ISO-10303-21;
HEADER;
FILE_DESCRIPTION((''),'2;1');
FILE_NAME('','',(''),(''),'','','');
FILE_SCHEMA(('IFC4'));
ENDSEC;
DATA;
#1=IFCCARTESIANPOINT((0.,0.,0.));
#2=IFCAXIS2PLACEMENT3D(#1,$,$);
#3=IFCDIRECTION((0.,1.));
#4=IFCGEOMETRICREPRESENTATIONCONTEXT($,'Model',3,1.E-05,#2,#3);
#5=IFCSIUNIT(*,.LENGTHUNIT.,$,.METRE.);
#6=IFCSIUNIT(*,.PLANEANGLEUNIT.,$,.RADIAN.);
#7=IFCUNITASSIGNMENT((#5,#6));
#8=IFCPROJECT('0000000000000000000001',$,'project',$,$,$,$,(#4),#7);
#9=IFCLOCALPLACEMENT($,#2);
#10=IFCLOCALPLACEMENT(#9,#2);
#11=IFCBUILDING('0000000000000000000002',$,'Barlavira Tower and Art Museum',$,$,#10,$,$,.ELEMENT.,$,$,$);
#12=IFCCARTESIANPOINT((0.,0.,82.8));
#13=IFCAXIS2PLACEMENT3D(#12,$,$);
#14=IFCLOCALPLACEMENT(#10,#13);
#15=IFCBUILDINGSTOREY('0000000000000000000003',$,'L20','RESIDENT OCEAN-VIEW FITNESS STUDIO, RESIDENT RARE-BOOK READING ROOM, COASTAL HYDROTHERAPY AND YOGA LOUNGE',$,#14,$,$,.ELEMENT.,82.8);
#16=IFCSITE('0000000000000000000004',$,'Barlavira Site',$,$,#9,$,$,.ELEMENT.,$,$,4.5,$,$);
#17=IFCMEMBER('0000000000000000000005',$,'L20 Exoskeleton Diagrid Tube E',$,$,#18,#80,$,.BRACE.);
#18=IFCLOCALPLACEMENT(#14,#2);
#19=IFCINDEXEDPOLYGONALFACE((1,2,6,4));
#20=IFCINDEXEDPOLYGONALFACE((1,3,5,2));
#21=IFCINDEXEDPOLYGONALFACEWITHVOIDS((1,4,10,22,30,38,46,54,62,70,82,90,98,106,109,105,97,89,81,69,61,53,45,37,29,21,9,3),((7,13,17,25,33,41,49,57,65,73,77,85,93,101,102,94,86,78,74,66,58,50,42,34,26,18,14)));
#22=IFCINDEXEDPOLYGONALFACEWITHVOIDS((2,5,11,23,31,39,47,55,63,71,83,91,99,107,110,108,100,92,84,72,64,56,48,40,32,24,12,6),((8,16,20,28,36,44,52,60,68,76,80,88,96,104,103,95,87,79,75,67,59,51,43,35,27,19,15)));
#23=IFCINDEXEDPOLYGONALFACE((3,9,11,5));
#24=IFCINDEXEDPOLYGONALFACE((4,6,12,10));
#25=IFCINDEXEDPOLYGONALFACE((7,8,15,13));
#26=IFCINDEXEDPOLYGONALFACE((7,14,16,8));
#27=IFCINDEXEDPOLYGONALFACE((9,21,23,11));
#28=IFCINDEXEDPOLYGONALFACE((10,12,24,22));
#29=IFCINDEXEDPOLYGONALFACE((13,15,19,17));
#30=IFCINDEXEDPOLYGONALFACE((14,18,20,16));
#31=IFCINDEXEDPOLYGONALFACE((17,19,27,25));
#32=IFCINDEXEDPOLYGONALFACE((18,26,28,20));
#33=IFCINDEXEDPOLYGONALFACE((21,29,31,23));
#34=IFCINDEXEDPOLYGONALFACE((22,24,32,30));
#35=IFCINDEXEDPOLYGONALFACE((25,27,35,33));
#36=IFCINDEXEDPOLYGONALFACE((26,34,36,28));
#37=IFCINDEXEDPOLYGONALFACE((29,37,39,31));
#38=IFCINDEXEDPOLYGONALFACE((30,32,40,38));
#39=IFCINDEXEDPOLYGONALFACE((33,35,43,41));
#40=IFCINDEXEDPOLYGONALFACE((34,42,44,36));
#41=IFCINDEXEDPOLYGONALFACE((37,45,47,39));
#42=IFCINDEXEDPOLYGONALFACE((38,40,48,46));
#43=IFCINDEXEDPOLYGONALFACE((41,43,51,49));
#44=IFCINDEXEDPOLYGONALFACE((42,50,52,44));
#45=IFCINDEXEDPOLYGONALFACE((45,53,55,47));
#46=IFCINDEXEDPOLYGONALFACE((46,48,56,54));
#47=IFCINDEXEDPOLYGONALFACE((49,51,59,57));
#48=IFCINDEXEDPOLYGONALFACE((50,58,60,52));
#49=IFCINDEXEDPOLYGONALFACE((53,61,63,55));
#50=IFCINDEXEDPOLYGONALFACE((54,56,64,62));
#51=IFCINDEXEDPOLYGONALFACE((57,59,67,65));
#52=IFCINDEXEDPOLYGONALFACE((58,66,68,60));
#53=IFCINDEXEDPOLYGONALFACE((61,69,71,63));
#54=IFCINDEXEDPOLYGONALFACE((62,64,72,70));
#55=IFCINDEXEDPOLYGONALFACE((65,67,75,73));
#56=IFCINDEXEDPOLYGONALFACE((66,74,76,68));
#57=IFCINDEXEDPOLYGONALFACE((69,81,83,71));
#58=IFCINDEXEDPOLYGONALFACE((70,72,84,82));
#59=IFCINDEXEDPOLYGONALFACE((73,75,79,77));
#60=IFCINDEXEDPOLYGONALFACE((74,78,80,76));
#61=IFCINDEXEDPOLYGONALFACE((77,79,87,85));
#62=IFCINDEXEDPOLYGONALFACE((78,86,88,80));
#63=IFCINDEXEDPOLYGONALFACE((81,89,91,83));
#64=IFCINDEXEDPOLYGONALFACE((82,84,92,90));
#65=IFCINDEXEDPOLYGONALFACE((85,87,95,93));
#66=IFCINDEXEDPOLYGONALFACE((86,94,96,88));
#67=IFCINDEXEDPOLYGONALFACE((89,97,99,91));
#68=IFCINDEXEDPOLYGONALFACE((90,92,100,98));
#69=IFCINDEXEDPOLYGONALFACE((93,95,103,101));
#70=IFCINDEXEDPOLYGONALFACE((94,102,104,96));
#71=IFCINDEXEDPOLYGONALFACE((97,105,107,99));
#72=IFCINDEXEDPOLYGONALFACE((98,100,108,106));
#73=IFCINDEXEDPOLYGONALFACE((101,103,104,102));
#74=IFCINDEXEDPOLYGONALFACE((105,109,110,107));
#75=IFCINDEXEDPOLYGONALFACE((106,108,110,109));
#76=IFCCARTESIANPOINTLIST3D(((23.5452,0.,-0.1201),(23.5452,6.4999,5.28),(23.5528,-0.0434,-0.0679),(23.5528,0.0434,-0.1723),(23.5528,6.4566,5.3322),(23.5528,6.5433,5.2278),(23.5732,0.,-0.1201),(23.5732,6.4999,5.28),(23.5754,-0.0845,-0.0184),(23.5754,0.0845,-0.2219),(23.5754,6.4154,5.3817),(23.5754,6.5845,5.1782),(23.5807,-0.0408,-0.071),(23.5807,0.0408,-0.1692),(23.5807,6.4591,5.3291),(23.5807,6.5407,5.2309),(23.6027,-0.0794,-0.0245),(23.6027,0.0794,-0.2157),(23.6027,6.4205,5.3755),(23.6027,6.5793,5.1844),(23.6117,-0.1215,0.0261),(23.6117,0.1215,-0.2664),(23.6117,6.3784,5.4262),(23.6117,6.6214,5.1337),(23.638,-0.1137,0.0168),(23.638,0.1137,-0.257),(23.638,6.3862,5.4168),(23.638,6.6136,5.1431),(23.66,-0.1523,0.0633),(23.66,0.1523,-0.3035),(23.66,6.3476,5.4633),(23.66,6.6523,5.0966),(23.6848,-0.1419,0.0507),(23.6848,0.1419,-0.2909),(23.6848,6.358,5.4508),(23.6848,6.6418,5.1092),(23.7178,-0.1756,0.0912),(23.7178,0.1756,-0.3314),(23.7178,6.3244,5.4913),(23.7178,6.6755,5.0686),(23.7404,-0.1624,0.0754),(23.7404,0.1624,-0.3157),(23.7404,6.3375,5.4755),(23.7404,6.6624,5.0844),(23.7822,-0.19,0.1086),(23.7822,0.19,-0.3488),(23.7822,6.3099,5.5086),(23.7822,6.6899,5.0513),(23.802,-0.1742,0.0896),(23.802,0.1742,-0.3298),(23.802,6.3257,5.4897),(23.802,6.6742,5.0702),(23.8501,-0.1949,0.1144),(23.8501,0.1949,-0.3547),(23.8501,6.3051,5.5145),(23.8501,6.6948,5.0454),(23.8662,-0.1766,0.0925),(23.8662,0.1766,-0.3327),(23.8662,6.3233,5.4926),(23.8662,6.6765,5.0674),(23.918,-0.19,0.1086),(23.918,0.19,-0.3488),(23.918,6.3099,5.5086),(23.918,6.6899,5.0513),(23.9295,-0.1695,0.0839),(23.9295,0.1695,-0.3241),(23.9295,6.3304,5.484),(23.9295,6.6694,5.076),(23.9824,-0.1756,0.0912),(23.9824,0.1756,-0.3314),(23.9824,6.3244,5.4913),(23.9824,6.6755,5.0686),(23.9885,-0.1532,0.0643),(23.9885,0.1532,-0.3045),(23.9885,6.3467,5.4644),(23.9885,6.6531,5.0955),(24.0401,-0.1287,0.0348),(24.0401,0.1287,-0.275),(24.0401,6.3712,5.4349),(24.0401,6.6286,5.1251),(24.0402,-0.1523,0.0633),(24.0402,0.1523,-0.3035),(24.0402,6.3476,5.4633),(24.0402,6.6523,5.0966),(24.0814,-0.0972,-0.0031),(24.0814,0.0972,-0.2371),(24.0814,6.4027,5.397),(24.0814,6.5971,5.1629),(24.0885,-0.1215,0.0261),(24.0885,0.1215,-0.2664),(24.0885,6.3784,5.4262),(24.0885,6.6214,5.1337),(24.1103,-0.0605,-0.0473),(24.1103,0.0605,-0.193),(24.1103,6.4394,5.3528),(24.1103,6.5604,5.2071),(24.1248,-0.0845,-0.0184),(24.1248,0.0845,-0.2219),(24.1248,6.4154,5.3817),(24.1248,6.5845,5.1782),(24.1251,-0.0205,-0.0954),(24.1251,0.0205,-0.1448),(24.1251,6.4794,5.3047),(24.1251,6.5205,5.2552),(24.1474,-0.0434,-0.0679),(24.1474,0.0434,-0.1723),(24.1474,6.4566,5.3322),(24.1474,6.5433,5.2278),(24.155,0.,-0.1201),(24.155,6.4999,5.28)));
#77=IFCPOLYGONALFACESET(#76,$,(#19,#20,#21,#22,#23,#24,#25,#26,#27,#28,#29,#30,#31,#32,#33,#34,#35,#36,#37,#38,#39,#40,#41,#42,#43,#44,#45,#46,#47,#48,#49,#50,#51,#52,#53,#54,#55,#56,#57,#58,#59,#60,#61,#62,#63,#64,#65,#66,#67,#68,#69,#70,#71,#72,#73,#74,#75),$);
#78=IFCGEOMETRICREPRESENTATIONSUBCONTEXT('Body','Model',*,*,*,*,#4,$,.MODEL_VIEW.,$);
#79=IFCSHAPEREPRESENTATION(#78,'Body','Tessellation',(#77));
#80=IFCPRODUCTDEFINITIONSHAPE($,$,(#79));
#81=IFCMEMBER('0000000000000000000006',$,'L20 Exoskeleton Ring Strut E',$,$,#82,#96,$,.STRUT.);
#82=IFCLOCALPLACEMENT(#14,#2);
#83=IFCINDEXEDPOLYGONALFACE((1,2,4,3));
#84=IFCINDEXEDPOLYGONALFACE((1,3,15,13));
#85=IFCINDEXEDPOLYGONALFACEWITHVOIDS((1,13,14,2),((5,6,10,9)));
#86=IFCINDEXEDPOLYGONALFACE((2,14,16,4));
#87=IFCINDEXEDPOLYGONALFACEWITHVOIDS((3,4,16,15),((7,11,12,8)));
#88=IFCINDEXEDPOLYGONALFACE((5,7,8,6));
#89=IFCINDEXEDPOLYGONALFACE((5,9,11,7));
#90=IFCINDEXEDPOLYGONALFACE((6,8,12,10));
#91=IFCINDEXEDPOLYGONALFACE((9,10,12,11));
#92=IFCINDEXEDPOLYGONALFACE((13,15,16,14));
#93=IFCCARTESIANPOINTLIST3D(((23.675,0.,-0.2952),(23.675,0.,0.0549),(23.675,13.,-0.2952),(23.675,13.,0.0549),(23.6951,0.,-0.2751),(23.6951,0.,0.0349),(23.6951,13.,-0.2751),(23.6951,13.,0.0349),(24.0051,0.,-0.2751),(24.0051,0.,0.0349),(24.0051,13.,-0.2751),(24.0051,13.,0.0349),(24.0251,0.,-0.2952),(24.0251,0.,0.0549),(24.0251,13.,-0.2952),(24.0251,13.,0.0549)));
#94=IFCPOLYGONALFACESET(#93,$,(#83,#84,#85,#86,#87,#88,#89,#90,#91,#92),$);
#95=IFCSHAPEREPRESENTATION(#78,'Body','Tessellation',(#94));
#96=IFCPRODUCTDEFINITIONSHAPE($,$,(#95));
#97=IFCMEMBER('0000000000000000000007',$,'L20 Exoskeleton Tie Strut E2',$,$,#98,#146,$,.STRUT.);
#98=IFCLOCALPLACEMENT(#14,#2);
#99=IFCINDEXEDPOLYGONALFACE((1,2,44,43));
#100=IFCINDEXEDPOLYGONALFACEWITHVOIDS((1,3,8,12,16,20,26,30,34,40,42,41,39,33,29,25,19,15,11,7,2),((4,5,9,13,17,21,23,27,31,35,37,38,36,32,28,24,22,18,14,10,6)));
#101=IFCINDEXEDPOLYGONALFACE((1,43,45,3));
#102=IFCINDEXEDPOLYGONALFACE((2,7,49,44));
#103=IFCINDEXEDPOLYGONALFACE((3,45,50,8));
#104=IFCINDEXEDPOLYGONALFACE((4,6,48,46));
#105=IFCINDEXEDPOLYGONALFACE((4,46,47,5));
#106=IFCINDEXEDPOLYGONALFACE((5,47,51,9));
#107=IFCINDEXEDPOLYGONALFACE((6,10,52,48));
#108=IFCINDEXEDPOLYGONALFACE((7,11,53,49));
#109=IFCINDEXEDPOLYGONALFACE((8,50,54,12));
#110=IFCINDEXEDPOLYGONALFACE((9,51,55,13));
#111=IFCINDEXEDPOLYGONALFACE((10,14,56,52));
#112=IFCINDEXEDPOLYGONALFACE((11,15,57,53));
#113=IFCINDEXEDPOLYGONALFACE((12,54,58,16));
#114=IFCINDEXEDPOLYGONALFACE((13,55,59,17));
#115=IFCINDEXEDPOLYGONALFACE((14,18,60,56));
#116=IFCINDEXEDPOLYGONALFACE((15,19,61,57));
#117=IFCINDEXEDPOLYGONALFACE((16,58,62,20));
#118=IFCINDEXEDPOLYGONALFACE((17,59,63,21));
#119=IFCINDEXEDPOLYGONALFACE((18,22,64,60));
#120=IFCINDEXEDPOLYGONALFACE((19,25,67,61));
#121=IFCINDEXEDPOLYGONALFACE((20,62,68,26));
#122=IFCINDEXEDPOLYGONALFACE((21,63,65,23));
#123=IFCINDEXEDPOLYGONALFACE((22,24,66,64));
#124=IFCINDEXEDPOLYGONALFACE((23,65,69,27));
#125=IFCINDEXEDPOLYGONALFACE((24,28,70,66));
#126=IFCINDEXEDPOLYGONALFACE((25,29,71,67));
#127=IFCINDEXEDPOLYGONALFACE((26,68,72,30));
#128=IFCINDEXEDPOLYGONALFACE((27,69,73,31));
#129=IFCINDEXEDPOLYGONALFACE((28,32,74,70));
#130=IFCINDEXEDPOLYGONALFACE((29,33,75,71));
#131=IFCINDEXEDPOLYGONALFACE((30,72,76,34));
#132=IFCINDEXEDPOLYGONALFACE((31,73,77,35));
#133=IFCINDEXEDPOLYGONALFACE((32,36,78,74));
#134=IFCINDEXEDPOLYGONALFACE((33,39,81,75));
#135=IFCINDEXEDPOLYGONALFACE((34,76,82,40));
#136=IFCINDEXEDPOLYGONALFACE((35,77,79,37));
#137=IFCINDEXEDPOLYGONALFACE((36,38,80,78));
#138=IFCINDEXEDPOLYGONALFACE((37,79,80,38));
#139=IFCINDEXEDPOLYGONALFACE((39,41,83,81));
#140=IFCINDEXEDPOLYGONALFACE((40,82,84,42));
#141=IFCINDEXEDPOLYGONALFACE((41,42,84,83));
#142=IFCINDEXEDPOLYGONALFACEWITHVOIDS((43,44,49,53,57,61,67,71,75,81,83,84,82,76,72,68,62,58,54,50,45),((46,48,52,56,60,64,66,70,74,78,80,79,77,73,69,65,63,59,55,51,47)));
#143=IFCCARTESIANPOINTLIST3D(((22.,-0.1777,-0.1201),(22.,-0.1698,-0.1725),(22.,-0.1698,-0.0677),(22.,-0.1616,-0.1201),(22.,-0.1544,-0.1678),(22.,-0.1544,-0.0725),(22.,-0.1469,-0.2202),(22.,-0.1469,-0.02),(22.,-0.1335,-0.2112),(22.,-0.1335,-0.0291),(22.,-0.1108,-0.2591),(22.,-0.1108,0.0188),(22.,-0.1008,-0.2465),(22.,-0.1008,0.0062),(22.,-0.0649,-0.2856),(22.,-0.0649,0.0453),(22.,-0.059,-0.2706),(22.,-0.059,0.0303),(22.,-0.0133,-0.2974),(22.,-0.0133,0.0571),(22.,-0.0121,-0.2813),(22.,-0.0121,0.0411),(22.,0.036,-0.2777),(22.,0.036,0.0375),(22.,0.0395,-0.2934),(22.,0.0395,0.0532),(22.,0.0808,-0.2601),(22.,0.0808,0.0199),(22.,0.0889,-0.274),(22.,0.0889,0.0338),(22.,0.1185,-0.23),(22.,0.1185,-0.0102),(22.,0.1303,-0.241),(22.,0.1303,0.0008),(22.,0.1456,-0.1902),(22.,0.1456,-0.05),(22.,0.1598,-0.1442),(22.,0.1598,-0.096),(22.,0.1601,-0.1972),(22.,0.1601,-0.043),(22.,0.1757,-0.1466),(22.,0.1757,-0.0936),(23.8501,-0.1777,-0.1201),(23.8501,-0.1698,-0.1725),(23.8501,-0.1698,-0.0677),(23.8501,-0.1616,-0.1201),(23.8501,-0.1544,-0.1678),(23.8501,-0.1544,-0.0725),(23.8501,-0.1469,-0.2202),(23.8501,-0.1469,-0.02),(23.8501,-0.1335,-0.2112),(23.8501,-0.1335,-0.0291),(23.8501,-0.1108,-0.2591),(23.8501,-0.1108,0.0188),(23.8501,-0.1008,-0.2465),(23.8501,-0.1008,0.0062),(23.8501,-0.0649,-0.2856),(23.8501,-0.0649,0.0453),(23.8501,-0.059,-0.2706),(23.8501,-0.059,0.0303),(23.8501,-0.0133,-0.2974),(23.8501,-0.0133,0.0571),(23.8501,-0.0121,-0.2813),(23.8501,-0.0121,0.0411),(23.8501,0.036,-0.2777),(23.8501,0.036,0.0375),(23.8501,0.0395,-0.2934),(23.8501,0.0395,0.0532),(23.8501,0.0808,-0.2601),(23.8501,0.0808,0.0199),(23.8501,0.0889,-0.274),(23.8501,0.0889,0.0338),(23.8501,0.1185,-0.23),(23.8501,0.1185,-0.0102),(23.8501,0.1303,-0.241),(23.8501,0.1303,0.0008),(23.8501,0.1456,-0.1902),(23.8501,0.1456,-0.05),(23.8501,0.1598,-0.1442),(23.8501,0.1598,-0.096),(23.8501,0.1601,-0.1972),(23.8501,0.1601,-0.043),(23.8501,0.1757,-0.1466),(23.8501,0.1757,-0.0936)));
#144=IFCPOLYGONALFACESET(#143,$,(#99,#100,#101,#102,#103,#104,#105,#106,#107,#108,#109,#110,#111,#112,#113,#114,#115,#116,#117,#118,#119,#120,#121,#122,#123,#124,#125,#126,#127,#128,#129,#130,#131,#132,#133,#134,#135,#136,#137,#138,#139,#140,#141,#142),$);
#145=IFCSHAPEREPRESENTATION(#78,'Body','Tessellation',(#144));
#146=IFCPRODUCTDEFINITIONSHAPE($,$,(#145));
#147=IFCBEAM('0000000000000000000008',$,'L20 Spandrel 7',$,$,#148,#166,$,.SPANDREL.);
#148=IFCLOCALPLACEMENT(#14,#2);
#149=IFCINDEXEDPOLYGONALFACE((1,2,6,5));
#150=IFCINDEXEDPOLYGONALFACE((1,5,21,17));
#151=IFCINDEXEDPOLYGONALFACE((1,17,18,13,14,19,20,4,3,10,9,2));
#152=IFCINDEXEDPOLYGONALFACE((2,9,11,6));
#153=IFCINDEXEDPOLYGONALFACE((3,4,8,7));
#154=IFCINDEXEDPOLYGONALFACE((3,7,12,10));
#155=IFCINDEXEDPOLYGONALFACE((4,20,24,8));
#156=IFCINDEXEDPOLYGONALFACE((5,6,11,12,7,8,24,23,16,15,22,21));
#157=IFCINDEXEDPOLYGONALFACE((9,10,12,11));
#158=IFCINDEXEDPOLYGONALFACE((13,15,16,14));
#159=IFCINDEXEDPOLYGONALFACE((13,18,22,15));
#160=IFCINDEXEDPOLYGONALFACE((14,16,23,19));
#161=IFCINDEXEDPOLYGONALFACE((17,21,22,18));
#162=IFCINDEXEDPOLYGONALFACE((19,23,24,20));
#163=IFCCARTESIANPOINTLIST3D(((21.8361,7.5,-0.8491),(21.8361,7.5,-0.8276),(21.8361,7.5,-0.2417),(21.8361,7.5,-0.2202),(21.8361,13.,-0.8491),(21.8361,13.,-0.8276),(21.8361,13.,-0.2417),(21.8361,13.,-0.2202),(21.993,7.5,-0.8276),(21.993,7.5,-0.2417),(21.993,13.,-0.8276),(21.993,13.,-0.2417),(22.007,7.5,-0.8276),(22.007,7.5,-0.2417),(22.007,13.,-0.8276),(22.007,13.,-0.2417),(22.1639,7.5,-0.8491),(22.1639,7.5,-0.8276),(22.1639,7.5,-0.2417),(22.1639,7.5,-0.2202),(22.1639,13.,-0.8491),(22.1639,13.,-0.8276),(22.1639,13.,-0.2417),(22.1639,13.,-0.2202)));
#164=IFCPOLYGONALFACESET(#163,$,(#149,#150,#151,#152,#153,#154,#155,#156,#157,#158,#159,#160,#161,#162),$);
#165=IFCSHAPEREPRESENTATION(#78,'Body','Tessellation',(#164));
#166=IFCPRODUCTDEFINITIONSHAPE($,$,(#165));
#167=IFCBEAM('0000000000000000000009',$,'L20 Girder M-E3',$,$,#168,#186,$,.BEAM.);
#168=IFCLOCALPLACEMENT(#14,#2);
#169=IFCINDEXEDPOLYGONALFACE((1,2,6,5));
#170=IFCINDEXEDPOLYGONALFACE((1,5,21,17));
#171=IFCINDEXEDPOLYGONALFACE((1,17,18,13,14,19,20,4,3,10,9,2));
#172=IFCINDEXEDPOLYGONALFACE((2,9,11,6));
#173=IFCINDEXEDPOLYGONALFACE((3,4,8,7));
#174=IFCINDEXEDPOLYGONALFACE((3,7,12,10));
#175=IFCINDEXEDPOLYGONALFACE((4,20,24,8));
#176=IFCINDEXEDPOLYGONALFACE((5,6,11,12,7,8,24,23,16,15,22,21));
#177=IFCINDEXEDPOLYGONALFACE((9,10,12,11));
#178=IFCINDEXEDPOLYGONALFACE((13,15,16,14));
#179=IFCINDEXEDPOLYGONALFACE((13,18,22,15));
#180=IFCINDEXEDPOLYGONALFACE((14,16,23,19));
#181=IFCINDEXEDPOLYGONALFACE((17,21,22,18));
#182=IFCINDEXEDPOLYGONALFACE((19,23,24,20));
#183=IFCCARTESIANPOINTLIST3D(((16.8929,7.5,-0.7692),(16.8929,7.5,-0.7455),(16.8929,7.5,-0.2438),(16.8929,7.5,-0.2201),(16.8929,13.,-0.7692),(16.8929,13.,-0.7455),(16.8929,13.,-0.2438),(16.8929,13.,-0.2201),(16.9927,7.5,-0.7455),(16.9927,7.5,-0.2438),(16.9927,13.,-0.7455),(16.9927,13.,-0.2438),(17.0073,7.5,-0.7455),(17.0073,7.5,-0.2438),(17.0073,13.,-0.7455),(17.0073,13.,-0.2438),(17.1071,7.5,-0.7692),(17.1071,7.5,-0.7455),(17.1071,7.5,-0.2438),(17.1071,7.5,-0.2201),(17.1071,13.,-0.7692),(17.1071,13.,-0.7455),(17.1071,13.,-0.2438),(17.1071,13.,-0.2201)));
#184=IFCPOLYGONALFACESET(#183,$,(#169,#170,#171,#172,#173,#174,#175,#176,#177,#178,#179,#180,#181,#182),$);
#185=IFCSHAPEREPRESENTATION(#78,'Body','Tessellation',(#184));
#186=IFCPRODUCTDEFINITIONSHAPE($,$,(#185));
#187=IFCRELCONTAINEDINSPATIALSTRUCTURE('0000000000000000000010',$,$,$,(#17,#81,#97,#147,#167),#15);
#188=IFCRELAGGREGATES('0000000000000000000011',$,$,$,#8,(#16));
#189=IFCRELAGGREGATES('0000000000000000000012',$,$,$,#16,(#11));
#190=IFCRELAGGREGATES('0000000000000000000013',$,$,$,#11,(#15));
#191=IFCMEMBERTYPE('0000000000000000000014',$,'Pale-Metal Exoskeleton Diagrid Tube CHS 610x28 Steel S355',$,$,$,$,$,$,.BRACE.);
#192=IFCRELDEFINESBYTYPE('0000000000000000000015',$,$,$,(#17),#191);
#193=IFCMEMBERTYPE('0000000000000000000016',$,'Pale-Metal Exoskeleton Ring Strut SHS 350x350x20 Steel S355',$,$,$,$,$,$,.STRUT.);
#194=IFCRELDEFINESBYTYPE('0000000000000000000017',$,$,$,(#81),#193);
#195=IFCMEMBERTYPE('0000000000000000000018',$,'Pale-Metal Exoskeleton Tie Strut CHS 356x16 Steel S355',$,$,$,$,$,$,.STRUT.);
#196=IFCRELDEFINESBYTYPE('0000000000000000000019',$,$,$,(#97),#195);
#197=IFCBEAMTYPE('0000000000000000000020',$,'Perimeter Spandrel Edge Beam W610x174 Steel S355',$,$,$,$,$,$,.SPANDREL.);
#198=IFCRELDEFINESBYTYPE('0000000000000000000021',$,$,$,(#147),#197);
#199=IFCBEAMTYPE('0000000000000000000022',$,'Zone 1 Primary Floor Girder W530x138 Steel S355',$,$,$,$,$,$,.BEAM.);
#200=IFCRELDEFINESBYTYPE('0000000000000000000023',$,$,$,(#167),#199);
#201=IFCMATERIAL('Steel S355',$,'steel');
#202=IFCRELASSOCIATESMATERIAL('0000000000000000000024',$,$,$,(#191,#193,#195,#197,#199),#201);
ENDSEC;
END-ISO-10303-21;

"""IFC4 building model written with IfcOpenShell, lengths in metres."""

from ifc_helpers import new_model, si_unit, direction, frame, origin, origin_2d, place, context, subcontext, project, spatial, hollow_rectangle, hollow_circle, i_section, extrude, material, material_profile, profile_set, type_object, element, save


model = new_model("IFC4")

# Units and contexts
model_context = context("Model", 3, precision=1e-05, world=origin(), true_north=direction((0.0, 1.0)))
body_context = subcontext(model_context, "Body", "Model", "MODEL_VIEW")
ifc_project = project(units=[si_unit("LENGTHUNIT", "METRE"), si_unit("PLANEANGLEUNIT", "RADIAN")], contexts=[model_context])

# Site, building, storey
site_placement = place(None, origin())
site = spatial("IfcSite", under=ifc_project, at=site_placement, Name="Barlavira Site", CompositionType="ELEMENT", RefElevation=4.5)
building_placement = place(site_placement, origin())
building = spatial("IfcBuilding", under=site, at=building_placement, Name="Barlavira Tower and Art Museum", CompositionType="ELEMENT")
storey_placement = place(building_placement, frame((0.0, 0.0, 82.8)))
storey = spatial("IfcBuildingStorey", under=building, at=storey_placement, Name="L20", Description="RESIDENT OCEAN-VIEW FITNESS STUDIO, RESIDENT RARE-BOOK READING ROOM, COASTAL HYDROTHERAPY AND YOGA LOUNGE", CompositionType="ELEMENT", Elevation=82.8)

# Members
ifc_material_1 = material(Name="Steel S355", Category="steel")
ifc_material_profile_1 = material_profile(ifc_material_1, hollow_circle(Radius=0.3049, WallThickness=0.0281, at=origin_2d()), Name="CHS 610.0x28.0")
ifc_profile_set_1 = profile_set([ifc_material_profile_1], Name="Steel S355")
member_type_1 = type_object("IfcMemberType", Name="Pale-Metal Exoskeleton Diagrid Tube CHS 610x28 Steel S355", PredefinedType="BRACE", material=ifc_profile_set_1)
for number, where, z_axis, x_axis, name in (
    (1, (23.8501, 0.0, -0.1201), (0.0, 0.769182, 0.63903), (-1.0, 0.0, 0.0), "L20 Exoskeleton Diagrid Tube E"),
):
    element("IfcMember", number, at=place(storey_placement, frame(where, z_axis=z_axis, x_axis=x_axis)), inside=storey, type_object=member_type_1, Name=name, PredefinedType="BRACE", context=body_context, shape_type="SweptSolid", body=[
        extrude(hollow_circle(Radius=0.3049, WallThickness=0.0281, at=origin_2d()), origin(), (0.0, 0.0, 1.0), 8.4504),
    ])
ifc_material_profile_2 = material_profile(ifc_material_1, hollow_rectangle(XDim=0.3501, YDim=0.3501, WallThickness=0.02, at=origin_2d()), Name="SHS 350x350x20.0")
ifc_profile_set_2 = profile_set([ifc_material_profile_2], Name="Steel S355")
member_type_2 = type_object("IfcMemberType", Name="Pale-Metal Exoskeleton Ring Strut SHS 350x350x20 Steel S355", PredefinedType="STRUT", material=ifc_profile_set_2)
member_1_placement = place(storey_placement, frame((23.8501, 0.0, -0.1201), z_axis=(0.0, 1.0, 0.0), x_axis=(-1.0, 0.0, 0.0)))
element("IfcMember", 2, at=member_1_placement, inside=storey, type_object=member_type_2, Name="L20 Exoskeleton Ring Strut E", PredefinedType="STRUT", context=body_context, shape_type="SweptSolid", body=[
    extrude(hollow_rectangle(XDim=0.3501, YDim=0.3501, WallThickness=0.02, at=origin_2d()), origin(), (0.0, 0.0, 1.0), 13.0),
])
ifc_material_profile_3 = material_profile(ifc_material_1, hollow_circle(Radius=0.1777, WallThickness=0.0161, at=origin_2d()), Name="CHS 355.6x16.0")
ifc_profile_set_3 = profile_set([ifc_material_profile_3], Name="Steel S355")
member_type_3 = type_object("IfcMemberType", Name="Pale-Metal Exoskeleton Tie Strut CHS 356x16 Steel S355", PredefinedType="STRUT", material=ifc_profile_set_3)
member_2_placement = place(storey_placement, frame((23.8501, 0.0, -0.1201), z_axis=(-1.0, 0.0, 0.0), x_axis=(0.0, -1.0, 0.0)))
element("IfcMember", 3, at=member_2_placement, inside=storey, type_object=member_type_3, Name="L20 Exoskeleton Tie Strut E2", PredefinedType="STRUT", context=body_context, shape_type="SweptSolid", body=[
    extrude(hollow_circle(Radius=0.1777, WallThickness=0.0161, at=origin_2d()), origin(), (0.0, 0.0, 1.0), 1.8501),
])

# Beams
ifc_material_profile_4 = material_profile(ifc_material_1, i_section(OverallWidth=0.3279, OverallDepth=0.6289, WebThickness=0.0139, FlangeThickness=0.0215, at=origin_2d()), Name="W610x174.0")
ifc_profile_set_4 = profile_set([ifc_material_profile_4], Name="Steel S355")
beam_type_1 = type_object("IfcBeamType", Name="Perimeter Spandrel Edge Beam W610x174 Steel S355", PredefinedType="SPANDREL", material=ifc_profile_set_4)
beam_1_placement = place(storey_placement, frame((22.0, 7.5, -0.5347), z_axis=(0.0, 1.0, 0.0), x_axis=(-1.0, 0.0, 0.0)))
element("IfcBeam", 4, at=beam_1_placement, inside=storey, type_object=beam_type_1, Name="L20 Spandrel 7", PredefinedType="SPANDREL", context=body_context, shape_type="SweptSolid", body=[
    extrude(i_section(OverallWidth=0.3279, OverallDepth=0.6289, WebThickness=0.0139, FlangeThickness=0.0215, at=origin_2d()), origin(), (0.0, 0.0, 1.0), 5.5),
])
ifc_material_profile_5 = material_profile(ifc_material_1, i_section(OverallWidth=0.2141, OverallDepth=0.5491, WebThickness=0.0146, FlangeThickness=0.0237, at=origin_2d()), Name="W530x138.0")
ifc_profile_set_5 = profile_set([ifc_material_profile_5], Name="Steel S355")
beam_type_2 = type_object("IfcBeamType", Name="Zone 1 Primary Floor Girder W530x138 Steel S355", PredefinedType="BEAM", material=ifc_profile_set_5)
beam_2_placement = place(storey_placement, frame((17.0, 7.5, -0.4946), z_axis=(0.0, 1.0, 0.0), x_axis=(-1.0, 0.0, 0.0)))
element("IfcBeam", 5, at=beam_2_placement, inside=storey, type_object=beam_type_2, Name="L20 Girder M-E3", PredefinedType="BEAM", context=body_context, shape_type="SweptSolid", body=[
    extrude(i_section(OverallWidth=0.2141, OverallDepth=0.5491, WebThickness=0.0146, FlangeThickness=0.0237, at=origin_2d()), origin(), (0.0, 0.0, 1.0), 5.5),
])

save(model, "model.ifc")
